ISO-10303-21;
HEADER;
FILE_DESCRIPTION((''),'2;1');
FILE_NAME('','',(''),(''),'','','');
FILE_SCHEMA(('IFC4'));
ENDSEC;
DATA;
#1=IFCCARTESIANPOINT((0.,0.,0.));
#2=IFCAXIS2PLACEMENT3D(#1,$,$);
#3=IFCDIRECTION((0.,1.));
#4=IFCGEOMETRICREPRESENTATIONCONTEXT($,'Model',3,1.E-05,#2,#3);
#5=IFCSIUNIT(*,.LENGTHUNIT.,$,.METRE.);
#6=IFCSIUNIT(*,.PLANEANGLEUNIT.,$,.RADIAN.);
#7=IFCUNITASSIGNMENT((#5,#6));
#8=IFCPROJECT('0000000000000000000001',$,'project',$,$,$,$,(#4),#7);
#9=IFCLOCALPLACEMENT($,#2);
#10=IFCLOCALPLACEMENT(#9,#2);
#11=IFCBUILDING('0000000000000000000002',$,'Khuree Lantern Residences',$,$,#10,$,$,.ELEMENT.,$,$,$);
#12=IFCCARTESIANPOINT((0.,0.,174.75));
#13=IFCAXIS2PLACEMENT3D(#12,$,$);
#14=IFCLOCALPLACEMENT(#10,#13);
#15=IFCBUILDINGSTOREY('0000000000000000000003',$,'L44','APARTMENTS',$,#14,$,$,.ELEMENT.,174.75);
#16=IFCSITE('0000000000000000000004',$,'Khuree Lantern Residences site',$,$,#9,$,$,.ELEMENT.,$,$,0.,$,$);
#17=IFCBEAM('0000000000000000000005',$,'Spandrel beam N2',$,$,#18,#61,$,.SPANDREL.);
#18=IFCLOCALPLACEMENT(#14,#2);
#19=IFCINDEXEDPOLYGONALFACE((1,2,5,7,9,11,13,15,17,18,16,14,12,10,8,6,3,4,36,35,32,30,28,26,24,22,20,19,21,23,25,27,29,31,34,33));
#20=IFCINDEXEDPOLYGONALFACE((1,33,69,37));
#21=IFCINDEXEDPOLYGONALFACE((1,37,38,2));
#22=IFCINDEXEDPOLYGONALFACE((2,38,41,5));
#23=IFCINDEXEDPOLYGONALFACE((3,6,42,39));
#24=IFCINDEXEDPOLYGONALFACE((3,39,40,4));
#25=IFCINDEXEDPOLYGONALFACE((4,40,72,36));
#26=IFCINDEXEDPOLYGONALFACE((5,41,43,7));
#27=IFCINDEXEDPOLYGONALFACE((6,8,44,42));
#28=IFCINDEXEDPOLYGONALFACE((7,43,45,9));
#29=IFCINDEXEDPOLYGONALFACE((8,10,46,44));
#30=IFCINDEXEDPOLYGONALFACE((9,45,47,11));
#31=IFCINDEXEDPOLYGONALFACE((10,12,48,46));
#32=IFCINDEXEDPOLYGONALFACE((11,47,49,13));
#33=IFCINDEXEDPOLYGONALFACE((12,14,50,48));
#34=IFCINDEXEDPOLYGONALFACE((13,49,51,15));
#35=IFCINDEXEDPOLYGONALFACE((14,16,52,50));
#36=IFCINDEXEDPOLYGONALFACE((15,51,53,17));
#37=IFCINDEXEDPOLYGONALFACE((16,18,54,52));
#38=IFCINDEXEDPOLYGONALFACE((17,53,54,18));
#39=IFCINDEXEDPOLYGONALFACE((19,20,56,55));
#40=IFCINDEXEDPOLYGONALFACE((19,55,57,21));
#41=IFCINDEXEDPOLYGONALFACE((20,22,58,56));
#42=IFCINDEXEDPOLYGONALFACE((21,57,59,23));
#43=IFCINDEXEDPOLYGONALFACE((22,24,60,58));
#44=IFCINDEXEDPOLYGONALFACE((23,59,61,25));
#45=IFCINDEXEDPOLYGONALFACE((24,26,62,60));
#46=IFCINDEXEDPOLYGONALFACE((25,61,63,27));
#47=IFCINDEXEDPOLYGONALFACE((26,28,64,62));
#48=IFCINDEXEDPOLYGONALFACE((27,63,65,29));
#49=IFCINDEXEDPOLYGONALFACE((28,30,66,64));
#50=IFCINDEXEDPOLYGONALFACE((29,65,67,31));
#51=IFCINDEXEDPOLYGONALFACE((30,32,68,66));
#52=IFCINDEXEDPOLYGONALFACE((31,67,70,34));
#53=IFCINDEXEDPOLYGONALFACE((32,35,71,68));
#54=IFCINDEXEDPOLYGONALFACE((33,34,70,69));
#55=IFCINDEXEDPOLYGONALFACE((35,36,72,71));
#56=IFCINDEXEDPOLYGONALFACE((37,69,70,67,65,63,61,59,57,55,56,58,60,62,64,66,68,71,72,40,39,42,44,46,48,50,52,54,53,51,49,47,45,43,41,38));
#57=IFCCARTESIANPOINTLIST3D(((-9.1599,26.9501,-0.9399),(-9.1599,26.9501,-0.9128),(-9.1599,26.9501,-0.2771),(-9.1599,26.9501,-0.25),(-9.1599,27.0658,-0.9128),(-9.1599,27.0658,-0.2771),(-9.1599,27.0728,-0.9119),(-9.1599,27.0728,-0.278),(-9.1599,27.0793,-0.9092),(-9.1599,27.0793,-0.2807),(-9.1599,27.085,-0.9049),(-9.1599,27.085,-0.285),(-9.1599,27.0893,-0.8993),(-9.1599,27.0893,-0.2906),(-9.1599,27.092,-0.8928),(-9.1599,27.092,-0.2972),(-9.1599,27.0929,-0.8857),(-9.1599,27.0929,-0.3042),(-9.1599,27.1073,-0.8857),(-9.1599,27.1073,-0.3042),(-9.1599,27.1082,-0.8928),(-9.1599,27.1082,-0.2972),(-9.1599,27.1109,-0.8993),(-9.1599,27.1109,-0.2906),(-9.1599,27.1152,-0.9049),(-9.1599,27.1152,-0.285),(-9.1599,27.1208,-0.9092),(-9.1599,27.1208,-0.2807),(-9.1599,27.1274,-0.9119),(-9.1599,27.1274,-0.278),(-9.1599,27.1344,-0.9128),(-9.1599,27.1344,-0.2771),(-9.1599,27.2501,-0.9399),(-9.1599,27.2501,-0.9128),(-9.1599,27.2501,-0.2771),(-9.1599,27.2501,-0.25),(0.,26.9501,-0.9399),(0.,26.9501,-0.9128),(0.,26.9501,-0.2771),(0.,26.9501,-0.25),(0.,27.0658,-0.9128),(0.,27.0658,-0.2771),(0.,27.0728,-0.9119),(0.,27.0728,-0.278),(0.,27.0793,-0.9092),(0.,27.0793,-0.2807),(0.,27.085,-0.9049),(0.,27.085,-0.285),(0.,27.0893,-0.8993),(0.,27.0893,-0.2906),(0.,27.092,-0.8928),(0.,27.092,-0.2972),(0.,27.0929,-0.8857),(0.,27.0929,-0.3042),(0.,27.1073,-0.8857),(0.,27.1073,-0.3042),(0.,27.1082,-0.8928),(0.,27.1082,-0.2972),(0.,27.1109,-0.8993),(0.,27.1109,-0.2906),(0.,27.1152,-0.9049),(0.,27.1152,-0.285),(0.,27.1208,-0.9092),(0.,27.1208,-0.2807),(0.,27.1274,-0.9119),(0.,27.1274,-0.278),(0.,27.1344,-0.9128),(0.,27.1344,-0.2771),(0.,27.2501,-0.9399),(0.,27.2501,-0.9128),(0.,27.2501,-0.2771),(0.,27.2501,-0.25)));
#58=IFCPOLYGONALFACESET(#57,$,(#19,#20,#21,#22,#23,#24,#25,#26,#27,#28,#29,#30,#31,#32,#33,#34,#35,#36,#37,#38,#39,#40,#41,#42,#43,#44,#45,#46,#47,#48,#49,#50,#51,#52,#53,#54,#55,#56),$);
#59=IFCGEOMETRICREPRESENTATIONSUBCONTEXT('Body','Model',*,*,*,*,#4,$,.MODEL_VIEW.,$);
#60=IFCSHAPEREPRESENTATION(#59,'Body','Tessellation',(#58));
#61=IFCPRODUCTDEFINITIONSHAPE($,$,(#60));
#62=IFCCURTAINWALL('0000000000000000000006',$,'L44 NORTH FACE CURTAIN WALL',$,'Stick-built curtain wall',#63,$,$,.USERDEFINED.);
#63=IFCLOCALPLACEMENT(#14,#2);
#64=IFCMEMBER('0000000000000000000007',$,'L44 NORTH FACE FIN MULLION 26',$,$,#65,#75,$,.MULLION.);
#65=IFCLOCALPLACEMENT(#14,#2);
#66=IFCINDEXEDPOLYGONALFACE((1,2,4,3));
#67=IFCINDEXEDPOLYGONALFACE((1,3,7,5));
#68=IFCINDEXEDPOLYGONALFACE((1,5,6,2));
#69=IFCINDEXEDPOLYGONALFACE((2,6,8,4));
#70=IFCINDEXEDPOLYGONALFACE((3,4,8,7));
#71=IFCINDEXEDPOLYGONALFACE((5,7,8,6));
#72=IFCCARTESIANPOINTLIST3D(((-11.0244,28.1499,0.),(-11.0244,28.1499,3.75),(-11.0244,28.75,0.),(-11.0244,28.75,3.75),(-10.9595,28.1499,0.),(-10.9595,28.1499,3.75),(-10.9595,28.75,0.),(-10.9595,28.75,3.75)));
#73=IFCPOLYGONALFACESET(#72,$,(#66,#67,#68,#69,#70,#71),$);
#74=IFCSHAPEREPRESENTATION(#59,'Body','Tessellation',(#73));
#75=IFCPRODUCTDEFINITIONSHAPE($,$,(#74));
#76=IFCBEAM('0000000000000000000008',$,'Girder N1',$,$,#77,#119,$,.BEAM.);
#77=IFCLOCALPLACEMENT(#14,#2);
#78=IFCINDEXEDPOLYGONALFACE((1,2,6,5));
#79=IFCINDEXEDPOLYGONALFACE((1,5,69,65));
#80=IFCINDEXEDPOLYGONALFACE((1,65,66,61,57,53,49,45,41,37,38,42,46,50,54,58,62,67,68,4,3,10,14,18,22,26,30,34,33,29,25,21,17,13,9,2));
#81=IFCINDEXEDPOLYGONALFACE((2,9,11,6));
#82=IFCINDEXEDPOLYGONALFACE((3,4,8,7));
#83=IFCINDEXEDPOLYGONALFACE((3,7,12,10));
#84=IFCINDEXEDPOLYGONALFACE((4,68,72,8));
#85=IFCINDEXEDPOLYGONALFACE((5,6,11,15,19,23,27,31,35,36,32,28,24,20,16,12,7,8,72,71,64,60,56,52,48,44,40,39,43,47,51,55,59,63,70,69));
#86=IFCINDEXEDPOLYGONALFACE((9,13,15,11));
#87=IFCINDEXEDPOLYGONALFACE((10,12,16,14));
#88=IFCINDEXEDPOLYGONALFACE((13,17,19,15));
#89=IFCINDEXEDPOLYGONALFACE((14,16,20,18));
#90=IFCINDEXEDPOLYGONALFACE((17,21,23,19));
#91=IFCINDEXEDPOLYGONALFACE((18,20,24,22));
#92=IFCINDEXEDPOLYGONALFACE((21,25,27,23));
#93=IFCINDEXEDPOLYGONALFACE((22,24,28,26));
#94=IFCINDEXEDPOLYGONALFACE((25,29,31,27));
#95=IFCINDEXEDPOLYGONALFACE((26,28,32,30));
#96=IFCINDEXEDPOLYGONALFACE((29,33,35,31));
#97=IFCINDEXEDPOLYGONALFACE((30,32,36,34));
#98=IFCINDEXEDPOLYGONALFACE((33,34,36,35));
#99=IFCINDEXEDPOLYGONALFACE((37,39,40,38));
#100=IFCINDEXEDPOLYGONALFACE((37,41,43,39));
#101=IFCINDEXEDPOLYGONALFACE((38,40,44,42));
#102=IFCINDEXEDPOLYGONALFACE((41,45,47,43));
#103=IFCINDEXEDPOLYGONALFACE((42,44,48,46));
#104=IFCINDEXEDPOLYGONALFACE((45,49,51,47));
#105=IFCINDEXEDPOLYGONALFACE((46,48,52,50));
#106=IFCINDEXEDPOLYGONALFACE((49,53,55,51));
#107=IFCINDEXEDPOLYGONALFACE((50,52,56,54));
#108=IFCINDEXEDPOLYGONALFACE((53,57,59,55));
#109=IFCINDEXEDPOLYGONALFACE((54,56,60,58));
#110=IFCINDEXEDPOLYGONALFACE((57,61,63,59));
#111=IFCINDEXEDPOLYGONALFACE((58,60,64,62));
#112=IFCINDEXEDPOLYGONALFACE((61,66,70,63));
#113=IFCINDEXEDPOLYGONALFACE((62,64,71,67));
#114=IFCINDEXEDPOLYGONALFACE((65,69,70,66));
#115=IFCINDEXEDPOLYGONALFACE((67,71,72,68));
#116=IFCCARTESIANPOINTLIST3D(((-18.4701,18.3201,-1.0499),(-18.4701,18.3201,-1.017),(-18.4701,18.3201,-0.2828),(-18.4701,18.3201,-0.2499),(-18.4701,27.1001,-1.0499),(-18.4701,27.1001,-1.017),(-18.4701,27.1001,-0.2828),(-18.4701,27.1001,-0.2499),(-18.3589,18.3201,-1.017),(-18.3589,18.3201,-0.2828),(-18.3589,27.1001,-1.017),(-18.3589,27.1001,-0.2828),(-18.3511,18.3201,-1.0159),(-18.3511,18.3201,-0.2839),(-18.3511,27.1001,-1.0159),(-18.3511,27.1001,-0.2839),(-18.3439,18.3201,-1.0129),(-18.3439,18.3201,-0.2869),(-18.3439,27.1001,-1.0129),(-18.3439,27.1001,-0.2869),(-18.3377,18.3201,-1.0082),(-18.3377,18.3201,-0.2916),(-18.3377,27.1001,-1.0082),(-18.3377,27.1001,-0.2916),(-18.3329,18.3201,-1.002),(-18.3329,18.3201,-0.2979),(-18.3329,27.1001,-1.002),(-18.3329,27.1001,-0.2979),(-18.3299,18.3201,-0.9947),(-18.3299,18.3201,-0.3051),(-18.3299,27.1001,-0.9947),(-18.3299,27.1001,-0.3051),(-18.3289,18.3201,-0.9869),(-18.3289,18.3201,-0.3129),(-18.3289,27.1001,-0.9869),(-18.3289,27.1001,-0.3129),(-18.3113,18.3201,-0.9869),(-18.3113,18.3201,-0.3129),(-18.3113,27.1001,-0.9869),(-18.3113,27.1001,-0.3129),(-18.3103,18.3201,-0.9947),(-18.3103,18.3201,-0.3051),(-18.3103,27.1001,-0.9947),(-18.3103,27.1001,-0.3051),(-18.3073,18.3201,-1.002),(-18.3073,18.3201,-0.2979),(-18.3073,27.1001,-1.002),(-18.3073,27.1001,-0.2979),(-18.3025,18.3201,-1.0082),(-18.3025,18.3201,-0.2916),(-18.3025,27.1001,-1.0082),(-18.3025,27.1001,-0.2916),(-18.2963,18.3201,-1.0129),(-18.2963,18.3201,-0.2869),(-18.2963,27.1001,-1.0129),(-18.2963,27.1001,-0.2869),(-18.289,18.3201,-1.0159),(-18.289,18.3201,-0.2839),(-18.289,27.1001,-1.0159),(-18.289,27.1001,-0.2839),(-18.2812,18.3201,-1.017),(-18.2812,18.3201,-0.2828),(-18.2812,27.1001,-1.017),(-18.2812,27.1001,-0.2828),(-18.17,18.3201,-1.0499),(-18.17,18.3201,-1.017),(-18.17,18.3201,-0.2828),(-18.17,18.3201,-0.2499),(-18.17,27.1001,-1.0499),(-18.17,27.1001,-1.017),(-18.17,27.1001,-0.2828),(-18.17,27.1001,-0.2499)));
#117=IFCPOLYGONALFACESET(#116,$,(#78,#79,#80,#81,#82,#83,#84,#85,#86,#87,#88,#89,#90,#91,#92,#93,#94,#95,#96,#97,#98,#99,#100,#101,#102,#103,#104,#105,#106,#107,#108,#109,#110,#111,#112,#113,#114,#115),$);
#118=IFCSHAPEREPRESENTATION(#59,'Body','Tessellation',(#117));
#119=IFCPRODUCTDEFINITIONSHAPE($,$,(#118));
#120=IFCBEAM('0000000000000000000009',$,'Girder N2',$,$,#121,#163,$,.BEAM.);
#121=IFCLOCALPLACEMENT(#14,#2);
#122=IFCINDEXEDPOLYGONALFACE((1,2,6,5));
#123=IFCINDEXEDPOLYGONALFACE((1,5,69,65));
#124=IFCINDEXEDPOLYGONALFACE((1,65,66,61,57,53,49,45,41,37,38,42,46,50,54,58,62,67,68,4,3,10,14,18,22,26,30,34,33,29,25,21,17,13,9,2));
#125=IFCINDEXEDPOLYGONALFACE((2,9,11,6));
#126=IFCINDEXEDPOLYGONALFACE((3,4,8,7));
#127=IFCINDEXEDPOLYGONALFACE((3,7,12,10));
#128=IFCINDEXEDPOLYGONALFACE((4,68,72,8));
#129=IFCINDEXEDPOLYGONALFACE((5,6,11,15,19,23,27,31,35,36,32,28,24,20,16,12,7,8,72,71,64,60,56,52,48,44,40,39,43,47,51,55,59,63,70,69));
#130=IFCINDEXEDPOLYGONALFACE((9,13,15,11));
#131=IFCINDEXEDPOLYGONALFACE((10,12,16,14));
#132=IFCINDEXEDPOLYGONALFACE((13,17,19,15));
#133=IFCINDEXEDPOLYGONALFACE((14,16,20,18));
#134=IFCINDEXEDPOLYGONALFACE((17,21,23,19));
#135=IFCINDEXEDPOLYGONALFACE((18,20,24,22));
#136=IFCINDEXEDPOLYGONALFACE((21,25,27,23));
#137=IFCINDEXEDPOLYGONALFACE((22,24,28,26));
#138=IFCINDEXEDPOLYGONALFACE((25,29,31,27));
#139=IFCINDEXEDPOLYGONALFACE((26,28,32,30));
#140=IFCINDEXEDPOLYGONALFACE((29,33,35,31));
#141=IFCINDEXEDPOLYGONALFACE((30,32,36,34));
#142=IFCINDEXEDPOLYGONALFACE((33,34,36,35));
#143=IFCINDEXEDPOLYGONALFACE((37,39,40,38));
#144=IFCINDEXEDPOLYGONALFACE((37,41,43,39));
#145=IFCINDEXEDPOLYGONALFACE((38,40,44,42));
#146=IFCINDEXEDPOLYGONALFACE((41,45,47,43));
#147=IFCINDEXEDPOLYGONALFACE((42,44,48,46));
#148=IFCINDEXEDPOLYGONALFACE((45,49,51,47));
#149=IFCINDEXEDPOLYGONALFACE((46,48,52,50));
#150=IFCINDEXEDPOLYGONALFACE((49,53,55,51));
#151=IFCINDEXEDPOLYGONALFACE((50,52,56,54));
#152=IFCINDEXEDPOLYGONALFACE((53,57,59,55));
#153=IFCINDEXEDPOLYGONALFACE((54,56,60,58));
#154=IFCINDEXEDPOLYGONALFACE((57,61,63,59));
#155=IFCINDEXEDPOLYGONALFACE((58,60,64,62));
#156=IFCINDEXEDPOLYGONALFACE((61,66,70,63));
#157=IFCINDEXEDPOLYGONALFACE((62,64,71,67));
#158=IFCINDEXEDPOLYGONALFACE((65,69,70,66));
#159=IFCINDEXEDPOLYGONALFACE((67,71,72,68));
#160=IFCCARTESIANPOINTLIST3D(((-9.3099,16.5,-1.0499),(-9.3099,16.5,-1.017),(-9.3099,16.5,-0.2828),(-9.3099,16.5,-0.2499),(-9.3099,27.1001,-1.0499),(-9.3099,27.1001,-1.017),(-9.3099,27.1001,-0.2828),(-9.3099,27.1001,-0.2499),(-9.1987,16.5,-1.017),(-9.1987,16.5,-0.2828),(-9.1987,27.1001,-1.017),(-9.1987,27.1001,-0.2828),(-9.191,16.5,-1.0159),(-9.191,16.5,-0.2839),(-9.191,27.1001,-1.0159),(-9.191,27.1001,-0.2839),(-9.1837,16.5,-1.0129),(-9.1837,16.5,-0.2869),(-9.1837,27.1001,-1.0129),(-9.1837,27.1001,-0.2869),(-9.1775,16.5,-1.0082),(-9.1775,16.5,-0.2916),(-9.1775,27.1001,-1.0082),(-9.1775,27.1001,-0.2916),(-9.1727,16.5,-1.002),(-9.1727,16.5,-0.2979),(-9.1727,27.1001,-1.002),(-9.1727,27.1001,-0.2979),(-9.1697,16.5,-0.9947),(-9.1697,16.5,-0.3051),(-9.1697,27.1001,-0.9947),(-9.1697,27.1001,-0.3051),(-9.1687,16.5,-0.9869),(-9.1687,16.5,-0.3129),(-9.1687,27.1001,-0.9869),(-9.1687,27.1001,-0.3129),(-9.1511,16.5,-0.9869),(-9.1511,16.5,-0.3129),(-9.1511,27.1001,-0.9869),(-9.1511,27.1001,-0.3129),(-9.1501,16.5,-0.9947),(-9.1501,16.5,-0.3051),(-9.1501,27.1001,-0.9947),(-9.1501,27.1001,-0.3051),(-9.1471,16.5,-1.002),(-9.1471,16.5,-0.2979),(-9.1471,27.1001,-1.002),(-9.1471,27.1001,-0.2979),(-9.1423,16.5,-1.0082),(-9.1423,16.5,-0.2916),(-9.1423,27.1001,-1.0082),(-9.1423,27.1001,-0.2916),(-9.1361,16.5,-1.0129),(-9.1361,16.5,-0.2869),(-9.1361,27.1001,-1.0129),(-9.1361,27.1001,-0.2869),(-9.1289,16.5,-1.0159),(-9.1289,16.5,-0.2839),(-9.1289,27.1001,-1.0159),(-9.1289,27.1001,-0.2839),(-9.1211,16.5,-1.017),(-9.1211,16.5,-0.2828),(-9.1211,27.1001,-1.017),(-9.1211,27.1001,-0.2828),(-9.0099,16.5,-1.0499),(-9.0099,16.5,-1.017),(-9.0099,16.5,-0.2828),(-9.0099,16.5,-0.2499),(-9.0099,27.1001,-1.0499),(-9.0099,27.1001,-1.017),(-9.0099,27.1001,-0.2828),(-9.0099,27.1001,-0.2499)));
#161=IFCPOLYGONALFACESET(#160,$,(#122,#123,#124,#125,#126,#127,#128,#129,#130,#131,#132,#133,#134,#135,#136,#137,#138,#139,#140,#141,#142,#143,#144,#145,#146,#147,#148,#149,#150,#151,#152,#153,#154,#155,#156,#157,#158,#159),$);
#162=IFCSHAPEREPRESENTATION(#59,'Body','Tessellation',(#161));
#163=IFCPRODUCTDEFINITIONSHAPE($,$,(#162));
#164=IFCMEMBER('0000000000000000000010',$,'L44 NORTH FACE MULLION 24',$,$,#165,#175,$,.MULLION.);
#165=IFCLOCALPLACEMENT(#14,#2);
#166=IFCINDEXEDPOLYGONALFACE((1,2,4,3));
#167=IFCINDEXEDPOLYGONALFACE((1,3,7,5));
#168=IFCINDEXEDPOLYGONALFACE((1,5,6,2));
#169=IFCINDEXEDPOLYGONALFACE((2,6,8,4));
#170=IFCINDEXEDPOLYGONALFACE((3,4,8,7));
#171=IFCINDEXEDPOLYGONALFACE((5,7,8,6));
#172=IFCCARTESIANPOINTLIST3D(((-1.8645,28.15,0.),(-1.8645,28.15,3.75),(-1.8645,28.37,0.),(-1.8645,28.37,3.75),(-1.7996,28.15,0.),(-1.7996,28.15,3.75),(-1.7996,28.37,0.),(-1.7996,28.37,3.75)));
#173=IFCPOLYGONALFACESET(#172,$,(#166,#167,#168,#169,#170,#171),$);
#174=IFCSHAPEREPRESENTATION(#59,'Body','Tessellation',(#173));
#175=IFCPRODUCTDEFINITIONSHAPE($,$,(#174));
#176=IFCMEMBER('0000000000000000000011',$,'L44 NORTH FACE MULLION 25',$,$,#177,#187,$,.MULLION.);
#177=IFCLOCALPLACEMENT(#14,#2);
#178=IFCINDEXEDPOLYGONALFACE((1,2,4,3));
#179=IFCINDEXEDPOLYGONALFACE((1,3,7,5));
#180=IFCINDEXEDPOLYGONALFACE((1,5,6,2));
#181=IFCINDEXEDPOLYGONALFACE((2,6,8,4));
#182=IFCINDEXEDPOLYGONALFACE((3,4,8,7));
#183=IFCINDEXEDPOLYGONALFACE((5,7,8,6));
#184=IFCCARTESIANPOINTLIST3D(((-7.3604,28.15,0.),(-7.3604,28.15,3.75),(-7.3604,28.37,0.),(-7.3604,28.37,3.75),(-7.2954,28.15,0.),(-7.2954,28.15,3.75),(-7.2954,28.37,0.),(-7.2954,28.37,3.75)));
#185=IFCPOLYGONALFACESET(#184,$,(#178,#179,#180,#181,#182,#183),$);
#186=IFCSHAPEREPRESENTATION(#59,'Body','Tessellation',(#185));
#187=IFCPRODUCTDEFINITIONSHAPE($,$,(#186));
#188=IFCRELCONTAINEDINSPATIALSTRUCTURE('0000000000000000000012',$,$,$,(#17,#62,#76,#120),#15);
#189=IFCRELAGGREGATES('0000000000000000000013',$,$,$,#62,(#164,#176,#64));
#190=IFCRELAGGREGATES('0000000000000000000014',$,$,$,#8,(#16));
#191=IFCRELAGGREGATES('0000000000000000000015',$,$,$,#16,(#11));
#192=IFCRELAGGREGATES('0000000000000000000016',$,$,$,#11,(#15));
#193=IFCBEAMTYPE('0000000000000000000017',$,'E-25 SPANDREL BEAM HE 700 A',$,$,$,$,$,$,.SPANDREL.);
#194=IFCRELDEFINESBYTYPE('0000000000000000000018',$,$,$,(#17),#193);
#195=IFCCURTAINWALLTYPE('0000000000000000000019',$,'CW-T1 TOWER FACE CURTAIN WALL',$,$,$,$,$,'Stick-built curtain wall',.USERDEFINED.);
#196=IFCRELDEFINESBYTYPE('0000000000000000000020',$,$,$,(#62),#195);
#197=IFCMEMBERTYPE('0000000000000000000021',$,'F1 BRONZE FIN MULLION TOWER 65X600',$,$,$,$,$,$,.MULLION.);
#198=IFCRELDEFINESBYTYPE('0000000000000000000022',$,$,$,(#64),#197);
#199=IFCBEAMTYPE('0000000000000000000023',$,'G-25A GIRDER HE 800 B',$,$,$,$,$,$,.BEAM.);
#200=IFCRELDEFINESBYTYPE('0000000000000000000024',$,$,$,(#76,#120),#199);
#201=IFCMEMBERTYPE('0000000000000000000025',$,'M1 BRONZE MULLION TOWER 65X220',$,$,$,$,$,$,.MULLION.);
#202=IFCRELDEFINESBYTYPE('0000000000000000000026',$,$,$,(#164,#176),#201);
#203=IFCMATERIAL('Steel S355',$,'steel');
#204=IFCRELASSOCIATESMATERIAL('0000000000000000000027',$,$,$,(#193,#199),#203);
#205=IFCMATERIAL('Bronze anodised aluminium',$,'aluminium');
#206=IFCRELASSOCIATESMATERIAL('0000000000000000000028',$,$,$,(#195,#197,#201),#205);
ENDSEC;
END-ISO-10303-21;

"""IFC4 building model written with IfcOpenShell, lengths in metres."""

from ifc_helpers import new_model, si_unit, direction, frame, origin, origin_2d, place, context, subcontext, project, spatial, rectangle, i_section, extrude, material, material_profile, profile_set, type_object, element, aggregate, save


model = new_model("IFC4")

# Units and contexts
model_context = context("Model", 3, precision=1e-05, world=origin(), true_north=direction((0.0, 1.0)))
body_context = subcontext(model_context, "Body", "Model", "MODEL_VIEW")
ifc_project = project(units=[si_unit("LENGTHUNIT", "METRE"), si_unit("PLANEANGLEUNIT", "RADIAN")], contexts=[model_context])

# Site, building, storey
site_placement = place(None, origin())
site = spatial("IfcSite", under=ifc_project, at=site_placement, Name="Khuree Lantern Residences site", CompositionType="ELEMENT", RefElevation=0.0)
building_placement = place(site_placement, origin())
building = spatial("IfcBuilding", under=site, at=building_placement, Name="Khuree Lantern Residences", CompositionType="ELEMENT")
storey_placement = place(building_placement, frame((0.0, 0.0, 174.75)))
storey = spatial("IfcBuildingStorey", under=building, at=storey_placement, Name="L44", Description="APARTMENTS", CompositionType="ELEMENT", Elevation=174.75)

# Beam
ifc_material_1 = material(Name="Steel S355", Category="steel")
ifc_material_profile_1 = material_profile(ifc_material_1, i_section(OverallWidth=0.3, OverallDepth=0.6899, WebThickness=0.0144, FlangeThickness=0.0271, FilletRadius=0.0271, at=origin_2d()), Name="HE 700 A")
ifc_profile_set_1 = profile_set([ifc_material_profile_1], Name="Steel S355")
beam_type_1 = type_object("IfcBeamType", Name="E-25 SPANDREL BEAM HE 700 A", PredefinedType="SPANDREL", material=ifc_profile_set_1)
beam_1_placement = place(storey_placement, frame((-9.1599, 27.1001, -0.595), z_axis=(1.0, 0.0, 0.0), x_axis=(0.0, 1.0, 0.0)))
element("IfcBeam", 1, at=beam_1_placement, inside=storey, type_object=beam_type_1, Name="Spandrel beam N2", PredefinedType="SPANDREL", context=body_context, shape_type="SweptSolid", body=[
    extrude(i_section(OverallWidth=0.3, OverallDepth=0.6899, WebThickness=0.0144, FlangeThickness=0.0271, FilletRadius=0.0271, at=origin_2d()), origin(), (0.0, 0.0, 1.0), 9.1599),
])

# Curtain wall, member
ifc_material_2 = material(Name="Bronze anodised aluminium", Category="aluminium")
curtain_wall_type = type_object("IfcCurtainWallType", Name="CW-T1 TOWER FACE CURTAIN WALL", ElementType="Stick-built curtain wall", PredefinedType="USERDEFINED", material=ifc_material_2)
curtain_wall_placement = place(storey_placement, origin())
curtain_wall = element("IfcCurtainWall", 2, at=curtain_wall_placement, inside=storey, type_object=curtain_wall_type, Name="L44 NORTH FACE CURTAIN WALL", ObjectType="Stick-built curtain wall", PredefinedType="USERDEFINED")
ifc_material_profile_2 = material_profile(ifc_material_2, rectangle(XDim=0.0649, YDim=0.6001, at=origin_2d()), Name="F1 65X600")
ifc_profile_set_2 = profile_set([ifc_material_profile_2], Name="Bronze anodised aluminium")
member_type_1 = type_object("IfcMemberType", Name="F1 BRONZE FIN MULLION TOWER 65X600", PredefinedType="MULLION", material=ifc_profile_set_2)
member_1_placement = place(storey_placement, frame((-10.9919, 28.45, 0.0), z_axis=(0.0, 0.0, 1.0), x_axis=(-1.0, 0.0, 0.0)))
member_1 = element("IfcMember", 3, at=member_1_placement, type_object=member_type_1, Name="L44 NORTH FACE FIN MULLION 26", PredefinedType="MULLION", context=body_context, shape_type="SweptSolid", body=[
    extrude(rectangle(XDim=0.0649, YDim=0.6001, at=origin_2d()), origin(), (0.0, 0.0, 1.0), 3.75),
])

# Beams
ifc_material_profile_3 = material_profile(ifc_material_1, i_section(OverallWidth=0.3, OverallDepth=0.8, WebThickness=0.0176, FlangeThickness=0.033, FilletRadius=0.03, at=origin_2d()), Name="HE 800 B")
ifc_profile_set_3 = profile_set([ifc_material_profile_3], Name="Steel S355")
beam_type_2 = type_object("IfcBeamType", Name="G-25A GIRDER HE 800 B", PredefinedType="BEAM", material=ifc_profile_set_3)
beam_2_placement = place(storey_placement, frame((-18.3201, 27.1001, -0.6499), z_axis=(0.0, -1.0, 0.0), x_axis=(1.0, 0.0, 0.0)))
element("IfcBeam", 4, at=beam_2_placement, inside=storey, type_object=beam_type_2, Name="Girder N1", PredefinedType="BEAM", context=body_context, shape_type="SweptSolid", body=[
    extrude(i_section(OverallWidth=0.3, OverallDepth=0.8, WebThickness=0.0176, FlangeThickness=0.033, FilletRadius=0.03, at=origin_2d()), origin(), (0.0, 0.0, 1.0), 8.78),
])
beam_3_placement = place(storey_placement, frame((-9.1599, 27.1001, -0.6499), z_axis=(0.0, -1.0, 0.0), x_axis=(1.0, 0.0, 0.0)))
element("IfcBeam", 5, at=beam_3_placement, inside=storey, type_object=beam_type_2, Name="Girder N2", PredefinedType="BEAM", context=body_context, shape_type="SweptSolid", body=[
    extrude(i_section(OverallWidth=0.3, OverallDepth=0.8, WebThickness=0.0176, FlangeThickness=0.033, FilletRadius=0.03, at=origin_2d()), origin(), (0.0, 0.0, 1.0), 10.6001),
])

# Members
ifc_material_profile_4 = material_profile(ifc_material_2, rectangle(XDim=0.0649, YDim=0.22, at=origin_2d()), Name="M1 65X220")
ifc_profile_set_4 = profile_set([ifc_material_profile_4], Name="Bronze anodised aluminium")
member_type_2 = type_object("IfcMemberType", Name="M1 BRONZE MULLION TOWER 65X220", PredefinedType="MULLION", material=ifc_profile_set_4)
member_2_placement = place(storey_placement, frame((-1.832, 28.26, 0.0), z_axis=(0.0, 0.0, 1.0), x_axis=(-1.0, 0.0, 0.0)))
member_2 = element("IfcMember", 6, at=member_2_placement, type_object=member_type_2, Name="L44 NORTH FACE MULLION 24", PredefinedType="MULLION", context=body_context, shape_type="SweptSolid", body=[
    extrude(rectangle(XDim=0.0649, YDim=0.22, at=origin_2d()), origin(), (0.0, 0.0, 1.0), 3.75),
])
member_3_placement = place(storey_placement, frame((-7.3279, 28.26, 0.0), z_axis=(0.0, 0.0, 1.0), x_axis=(-1.0, 0.0, 0.0)))
member_3 = element("IfcMember", 7, at=member_3_placement, type_object=member_type_2, Name="L44 NORTH FACE MULLION 25", PredefinedType="MULLION", context=body_context, shape_type="SweptSolid", body=[
    extrude(rectangle(XDim=0.0649, YDim=0.22, at=origin_2d()), origin(), (0.0, 0.0, 1.0), 3.75),
])

aggregate(curtain_wall, [member_2, member_3, member_1])

save(model, "model.ifc")
